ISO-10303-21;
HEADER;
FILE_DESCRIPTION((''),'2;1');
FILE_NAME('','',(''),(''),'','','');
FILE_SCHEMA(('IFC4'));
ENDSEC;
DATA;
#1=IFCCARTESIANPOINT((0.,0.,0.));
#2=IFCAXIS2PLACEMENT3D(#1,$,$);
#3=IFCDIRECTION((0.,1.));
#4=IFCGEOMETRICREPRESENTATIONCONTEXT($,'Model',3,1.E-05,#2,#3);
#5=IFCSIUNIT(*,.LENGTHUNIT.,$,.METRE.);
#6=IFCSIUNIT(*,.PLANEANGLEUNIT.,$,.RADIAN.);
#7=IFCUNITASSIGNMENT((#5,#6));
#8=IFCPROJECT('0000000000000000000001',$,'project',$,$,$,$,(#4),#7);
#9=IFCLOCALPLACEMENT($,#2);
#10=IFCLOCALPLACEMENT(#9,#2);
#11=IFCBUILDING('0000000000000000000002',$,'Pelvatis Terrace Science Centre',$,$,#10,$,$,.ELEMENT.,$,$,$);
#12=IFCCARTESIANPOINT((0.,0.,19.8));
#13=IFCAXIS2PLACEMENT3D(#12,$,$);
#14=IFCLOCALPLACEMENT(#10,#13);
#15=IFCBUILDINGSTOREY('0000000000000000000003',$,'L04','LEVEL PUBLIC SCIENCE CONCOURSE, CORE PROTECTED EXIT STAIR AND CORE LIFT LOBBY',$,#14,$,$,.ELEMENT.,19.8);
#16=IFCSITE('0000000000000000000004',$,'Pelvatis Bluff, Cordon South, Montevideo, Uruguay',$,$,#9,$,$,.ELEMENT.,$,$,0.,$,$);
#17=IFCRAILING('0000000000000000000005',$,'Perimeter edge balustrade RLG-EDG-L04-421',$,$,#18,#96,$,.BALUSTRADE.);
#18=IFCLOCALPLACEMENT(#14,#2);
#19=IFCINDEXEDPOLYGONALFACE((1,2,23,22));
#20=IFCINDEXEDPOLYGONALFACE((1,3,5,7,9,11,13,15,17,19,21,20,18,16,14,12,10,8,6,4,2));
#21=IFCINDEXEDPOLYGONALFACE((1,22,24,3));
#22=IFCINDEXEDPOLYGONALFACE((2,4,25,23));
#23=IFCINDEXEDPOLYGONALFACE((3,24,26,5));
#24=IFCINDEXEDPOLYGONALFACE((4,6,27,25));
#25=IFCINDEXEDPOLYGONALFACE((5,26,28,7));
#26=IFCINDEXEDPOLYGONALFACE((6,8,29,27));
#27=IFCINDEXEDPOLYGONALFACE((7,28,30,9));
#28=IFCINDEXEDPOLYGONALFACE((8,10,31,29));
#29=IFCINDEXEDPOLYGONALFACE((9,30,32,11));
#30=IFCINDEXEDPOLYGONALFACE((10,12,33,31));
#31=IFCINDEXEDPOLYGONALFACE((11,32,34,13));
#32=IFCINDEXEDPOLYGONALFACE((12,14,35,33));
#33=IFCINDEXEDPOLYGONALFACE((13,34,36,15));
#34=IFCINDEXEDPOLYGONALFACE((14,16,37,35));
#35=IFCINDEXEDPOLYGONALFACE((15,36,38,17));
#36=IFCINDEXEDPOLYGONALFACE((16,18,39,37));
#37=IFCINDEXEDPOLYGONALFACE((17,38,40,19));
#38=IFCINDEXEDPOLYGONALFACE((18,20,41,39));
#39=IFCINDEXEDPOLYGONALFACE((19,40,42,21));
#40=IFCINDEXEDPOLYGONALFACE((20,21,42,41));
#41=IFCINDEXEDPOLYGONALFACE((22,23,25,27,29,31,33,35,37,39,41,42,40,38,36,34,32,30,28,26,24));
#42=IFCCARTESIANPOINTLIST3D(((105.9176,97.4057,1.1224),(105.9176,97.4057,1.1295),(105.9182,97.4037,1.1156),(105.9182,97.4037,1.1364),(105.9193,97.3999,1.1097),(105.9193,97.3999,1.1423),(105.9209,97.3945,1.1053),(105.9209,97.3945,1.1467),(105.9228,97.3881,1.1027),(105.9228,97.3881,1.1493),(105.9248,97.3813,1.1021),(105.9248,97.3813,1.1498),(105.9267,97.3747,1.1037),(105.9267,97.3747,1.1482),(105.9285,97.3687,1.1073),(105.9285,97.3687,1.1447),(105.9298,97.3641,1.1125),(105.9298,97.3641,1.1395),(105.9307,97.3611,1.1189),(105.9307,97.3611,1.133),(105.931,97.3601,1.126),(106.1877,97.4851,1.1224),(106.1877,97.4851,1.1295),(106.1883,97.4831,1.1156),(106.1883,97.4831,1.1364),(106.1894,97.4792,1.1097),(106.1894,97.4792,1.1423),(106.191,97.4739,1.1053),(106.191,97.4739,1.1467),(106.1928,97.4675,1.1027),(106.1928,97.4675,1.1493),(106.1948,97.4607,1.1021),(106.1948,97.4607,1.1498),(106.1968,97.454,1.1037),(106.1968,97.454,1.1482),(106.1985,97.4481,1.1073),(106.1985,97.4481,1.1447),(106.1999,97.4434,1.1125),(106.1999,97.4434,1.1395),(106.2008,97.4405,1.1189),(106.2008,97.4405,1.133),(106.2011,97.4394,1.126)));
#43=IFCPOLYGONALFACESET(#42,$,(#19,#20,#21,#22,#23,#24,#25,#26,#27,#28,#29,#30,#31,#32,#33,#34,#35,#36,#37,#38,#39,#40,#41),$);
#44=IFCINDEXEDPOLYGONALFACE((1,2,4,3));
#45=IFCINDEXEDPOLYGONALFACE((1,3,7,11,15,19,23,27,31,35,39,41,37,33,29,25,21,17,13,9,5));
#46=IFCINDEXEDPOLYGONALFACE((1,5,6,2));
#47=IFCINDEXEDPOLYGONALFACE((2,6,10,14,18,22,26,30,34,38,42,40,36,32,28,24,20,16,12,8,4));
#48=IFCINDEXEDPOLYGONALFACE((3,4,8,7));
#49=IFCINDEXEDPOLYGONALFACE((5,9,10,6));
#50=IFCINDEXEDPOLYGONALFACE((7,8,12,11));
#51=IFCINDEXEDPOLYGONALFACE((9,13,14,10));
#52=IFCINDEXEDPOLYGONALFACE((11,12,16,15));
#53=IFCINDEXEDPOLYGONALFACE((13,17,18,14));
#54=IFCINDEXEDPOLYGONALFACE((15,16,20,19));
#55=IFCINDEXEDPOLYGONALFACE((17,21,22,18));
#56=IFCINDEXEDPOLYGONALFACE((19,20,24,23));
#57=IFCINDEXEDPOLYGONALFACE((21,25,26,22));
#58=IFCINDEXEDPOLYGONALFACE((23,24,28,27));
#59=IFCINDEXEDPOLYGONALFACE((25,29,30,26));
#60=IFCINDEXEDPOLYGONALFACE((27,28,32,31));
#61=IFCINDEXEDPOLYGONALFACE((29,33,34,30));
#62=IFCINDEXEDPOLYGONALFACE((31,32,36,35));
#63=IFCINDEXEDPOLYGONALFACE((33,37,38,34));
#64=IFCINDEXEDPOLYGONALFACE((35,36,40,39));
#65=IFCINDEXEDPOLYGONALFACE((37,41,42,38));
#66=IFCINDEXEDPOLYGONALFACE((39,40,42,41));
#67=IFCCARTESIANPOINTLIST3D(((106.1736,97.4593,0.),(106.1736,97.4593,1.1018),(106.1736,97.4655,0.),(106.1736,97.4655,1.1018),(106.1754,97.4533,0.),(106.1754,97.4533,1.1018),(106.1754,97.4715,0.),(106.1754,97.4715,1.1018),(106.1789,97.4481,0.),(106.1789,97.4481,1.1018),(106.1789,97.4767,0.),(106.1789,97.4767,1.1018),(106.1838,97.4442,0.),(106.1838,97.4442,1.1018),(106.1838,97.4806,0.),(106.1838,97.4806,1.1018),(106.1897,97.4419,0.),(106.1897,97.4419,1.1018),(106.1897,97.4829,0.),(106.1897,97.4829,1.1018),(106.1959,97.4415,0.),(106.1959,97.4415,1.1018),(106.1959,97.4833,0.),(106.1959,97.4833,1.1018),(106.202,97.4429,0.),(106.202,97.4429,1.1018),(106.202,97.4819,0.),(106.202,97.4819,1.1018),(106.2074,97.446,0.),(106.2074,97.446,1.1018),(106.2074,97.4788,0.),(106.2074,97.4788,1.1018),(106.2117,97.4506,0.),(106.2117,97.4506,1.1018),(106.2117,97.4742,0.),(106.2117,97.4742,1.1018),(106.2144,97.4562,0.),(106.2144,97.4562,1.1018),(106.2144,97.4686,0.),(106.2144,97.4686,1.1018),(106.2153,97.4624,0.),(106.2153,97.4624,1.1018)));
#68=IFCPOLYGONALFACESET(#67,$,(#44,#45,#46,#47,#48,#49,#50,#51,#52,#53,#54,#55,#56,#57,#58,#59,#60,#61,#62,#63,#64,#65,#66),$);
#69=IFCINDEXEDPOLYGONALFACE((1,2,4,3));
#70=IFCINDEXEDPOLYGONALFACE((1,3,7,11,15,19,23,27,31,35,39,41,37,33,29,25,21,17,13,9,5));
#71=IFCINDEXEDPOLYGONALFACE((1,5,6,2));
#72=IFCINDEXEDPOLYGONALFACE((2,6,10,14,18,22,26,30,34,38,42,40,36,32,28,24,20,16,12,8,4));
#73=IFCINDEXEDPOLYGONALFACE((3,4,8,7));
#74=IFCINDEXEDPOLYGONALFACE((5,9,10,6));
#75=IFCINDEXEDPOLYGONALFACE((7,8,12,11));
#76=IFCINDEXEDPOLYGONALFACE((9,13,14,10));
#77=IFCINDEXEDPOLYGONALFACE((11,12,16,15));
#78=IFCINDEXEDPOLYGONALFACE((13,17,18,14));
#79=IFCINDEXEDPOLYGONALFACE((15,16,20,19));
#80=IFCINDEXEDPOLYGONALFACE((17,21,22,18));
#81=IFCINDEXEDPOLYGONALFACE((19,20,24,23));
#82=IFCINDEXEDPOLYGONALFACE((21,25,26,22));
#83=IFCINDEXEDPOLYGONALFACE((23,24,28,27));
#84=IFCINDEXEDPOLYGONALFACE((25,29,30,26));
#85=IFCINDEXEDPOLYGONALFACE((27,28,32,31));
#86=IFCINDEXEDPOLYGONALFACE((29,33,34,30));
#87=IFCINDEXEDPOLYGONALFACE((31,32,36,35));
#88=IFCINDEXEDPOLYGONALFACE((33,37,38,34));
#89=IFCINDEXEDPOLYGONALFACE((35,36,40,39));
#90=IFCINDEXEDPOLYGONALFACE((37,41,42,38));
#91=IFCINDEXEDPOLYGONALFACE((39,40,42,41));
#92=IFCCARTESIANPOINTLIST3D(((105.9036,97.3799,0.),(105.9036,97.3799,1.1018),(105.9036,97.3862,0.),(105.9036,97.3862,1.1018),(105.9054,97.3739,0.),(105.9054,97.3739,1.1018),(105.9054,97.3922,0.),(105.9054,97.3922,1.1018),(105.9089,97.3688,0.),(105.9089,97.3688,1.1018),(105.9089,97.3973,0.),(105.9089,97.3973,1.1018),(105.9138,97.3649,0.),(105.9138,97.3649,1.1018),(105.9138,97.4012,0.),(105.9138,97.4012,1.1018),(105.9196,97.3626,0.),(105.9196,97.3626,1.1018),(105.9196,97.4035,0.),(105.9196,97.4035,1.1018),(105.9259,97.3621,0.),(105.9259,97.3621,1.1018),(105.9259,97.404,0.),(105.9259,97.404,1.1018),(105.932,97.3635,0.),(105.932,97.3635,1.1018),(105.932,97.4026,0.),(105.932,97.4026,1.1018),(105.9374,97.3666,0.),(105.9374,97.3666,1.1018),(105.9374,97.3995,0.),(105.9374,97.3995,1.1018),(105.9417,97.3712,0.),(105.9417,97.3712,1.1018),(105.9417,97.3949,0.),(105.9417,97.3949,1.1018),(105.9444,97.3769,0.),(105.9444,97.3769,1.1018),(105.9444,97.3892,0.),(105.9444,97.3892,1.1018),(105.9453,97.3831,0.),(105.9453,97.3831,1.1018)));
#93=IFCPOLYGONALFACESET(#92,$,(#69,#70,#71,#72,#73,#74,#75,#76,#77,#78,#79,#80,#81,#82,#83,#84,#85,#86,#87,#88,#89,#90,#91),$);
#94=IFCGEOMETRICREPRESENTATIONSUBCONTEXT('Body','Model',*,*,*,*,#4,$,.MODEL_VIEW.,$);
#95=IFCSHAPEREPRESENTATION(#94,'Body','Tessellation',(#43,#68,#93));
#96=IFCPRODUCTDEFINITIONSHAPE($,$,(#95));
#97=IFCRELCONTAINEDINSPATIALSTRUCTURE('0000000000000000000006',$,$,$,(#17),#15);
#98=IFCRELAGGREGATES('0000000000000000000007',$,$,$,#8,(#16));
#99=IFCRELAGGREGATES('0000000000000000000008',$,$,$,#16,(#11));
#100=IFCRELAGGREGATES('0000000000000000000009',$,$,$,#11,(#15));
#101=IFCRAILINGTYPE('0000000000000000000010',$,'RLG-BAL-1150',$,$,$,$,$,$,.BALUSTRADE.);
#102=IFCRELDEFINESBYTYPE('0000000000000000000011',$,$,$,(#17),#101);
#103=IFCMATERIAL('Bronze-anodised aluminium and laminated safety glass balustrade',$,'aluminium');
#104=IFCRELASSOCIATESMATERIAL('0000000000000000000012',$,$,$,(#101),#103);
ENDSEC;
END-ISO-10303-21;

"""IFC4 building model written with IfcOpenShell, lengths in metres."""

from ifc_helpers import new_model, si_unit, direction, frame, origin, origin_2d, place, context, subcontext, project, spatial, circle, extrude, material, type_object, element, save


model = new_model("IFC4")

# Units and contexts
model_context = context("Model", 3, precision=1e-05, world=origin(), true_north=direction((0.0, 1.0)))
body_context = subcontext(model_context, "Body", "Model", "MODEL_VIEW")
ifc_project = project(units=[si_unit("LENGTHUNIT", "METRE"), si_unit("PLANEANGLEUNIT", "RADIAN")], contexts=[model_context])

# Site, building, storey
site_placement = place(None, origin())
site = spatial("IfcSite", under=ifc_project, at=site_placement, Name="Pelvatis Bluff, Cordon South, Montevideo, Uruguay", CompositionType="ELEMENT", RefElevation=0.0)
building_placement = place(site_placement, origin())
building = spatial("IfcBuilding", under=site, at=building_placement, Name="Pelvatis Terrace Science Centre", CompositionType="ELEMENT")
storey_placement = place(building_placement, frame((0.0, 0.0, 19.8)))
storey = spatial("IfcBuildingStorey", under=building, at=storey_placement, Name="L04", Description="LEVEL PUBLIC SCIENCE CONCOURSE, CORE PROTECTED EXIT STAIR AND CORE LIFT LOBBY", CompositionType="ELEMENT", Elevation=19.8)

# Railing
ifc_material_1 = material(Name="Bronze-anodised aluminium and laminated safety glass balustrade", Category="aluminium")
railing_type = type_object("IfcRailingType", Name="RLG-BAL-1150", PredefinedType="BALUSTRADE", material=ifc_material_1)
railing_1_placement = place(storey_placement, frame((106.1943, 97.4624, 0.0)))
element("IfcRailing", 1, at=railing_1_placement, inside=storey, type_object=railing_type, Name="Perimeter edge balustrade RLG-EDG-L04-421", PredefinedType="BALUSTRADE", context=body_context, shape_type="SweptSolid", body=[
    extrude(circle(Radius=0.0239, at=origin_2d()), frame((0.0, 0.0, 1.126), z_axis=(-0.959435, -0.281931, 0.0), x_axis=(0.281931, -0.959435, 0.0)), (0.0, 0.0, 1.0), 0.2815),
    extrude(circle(Radius=0.021, at=origin_2d()), origin(), (0.0, 0.0, 1.0), 1.1018),
    extrude(circle(Radius=0.021, at=origin_2d()), frame((-0.27, -0.0793, 0.0)), (0.0, 0.0, 1.0), 1.1018),
])

save(model, "model.ifc")
